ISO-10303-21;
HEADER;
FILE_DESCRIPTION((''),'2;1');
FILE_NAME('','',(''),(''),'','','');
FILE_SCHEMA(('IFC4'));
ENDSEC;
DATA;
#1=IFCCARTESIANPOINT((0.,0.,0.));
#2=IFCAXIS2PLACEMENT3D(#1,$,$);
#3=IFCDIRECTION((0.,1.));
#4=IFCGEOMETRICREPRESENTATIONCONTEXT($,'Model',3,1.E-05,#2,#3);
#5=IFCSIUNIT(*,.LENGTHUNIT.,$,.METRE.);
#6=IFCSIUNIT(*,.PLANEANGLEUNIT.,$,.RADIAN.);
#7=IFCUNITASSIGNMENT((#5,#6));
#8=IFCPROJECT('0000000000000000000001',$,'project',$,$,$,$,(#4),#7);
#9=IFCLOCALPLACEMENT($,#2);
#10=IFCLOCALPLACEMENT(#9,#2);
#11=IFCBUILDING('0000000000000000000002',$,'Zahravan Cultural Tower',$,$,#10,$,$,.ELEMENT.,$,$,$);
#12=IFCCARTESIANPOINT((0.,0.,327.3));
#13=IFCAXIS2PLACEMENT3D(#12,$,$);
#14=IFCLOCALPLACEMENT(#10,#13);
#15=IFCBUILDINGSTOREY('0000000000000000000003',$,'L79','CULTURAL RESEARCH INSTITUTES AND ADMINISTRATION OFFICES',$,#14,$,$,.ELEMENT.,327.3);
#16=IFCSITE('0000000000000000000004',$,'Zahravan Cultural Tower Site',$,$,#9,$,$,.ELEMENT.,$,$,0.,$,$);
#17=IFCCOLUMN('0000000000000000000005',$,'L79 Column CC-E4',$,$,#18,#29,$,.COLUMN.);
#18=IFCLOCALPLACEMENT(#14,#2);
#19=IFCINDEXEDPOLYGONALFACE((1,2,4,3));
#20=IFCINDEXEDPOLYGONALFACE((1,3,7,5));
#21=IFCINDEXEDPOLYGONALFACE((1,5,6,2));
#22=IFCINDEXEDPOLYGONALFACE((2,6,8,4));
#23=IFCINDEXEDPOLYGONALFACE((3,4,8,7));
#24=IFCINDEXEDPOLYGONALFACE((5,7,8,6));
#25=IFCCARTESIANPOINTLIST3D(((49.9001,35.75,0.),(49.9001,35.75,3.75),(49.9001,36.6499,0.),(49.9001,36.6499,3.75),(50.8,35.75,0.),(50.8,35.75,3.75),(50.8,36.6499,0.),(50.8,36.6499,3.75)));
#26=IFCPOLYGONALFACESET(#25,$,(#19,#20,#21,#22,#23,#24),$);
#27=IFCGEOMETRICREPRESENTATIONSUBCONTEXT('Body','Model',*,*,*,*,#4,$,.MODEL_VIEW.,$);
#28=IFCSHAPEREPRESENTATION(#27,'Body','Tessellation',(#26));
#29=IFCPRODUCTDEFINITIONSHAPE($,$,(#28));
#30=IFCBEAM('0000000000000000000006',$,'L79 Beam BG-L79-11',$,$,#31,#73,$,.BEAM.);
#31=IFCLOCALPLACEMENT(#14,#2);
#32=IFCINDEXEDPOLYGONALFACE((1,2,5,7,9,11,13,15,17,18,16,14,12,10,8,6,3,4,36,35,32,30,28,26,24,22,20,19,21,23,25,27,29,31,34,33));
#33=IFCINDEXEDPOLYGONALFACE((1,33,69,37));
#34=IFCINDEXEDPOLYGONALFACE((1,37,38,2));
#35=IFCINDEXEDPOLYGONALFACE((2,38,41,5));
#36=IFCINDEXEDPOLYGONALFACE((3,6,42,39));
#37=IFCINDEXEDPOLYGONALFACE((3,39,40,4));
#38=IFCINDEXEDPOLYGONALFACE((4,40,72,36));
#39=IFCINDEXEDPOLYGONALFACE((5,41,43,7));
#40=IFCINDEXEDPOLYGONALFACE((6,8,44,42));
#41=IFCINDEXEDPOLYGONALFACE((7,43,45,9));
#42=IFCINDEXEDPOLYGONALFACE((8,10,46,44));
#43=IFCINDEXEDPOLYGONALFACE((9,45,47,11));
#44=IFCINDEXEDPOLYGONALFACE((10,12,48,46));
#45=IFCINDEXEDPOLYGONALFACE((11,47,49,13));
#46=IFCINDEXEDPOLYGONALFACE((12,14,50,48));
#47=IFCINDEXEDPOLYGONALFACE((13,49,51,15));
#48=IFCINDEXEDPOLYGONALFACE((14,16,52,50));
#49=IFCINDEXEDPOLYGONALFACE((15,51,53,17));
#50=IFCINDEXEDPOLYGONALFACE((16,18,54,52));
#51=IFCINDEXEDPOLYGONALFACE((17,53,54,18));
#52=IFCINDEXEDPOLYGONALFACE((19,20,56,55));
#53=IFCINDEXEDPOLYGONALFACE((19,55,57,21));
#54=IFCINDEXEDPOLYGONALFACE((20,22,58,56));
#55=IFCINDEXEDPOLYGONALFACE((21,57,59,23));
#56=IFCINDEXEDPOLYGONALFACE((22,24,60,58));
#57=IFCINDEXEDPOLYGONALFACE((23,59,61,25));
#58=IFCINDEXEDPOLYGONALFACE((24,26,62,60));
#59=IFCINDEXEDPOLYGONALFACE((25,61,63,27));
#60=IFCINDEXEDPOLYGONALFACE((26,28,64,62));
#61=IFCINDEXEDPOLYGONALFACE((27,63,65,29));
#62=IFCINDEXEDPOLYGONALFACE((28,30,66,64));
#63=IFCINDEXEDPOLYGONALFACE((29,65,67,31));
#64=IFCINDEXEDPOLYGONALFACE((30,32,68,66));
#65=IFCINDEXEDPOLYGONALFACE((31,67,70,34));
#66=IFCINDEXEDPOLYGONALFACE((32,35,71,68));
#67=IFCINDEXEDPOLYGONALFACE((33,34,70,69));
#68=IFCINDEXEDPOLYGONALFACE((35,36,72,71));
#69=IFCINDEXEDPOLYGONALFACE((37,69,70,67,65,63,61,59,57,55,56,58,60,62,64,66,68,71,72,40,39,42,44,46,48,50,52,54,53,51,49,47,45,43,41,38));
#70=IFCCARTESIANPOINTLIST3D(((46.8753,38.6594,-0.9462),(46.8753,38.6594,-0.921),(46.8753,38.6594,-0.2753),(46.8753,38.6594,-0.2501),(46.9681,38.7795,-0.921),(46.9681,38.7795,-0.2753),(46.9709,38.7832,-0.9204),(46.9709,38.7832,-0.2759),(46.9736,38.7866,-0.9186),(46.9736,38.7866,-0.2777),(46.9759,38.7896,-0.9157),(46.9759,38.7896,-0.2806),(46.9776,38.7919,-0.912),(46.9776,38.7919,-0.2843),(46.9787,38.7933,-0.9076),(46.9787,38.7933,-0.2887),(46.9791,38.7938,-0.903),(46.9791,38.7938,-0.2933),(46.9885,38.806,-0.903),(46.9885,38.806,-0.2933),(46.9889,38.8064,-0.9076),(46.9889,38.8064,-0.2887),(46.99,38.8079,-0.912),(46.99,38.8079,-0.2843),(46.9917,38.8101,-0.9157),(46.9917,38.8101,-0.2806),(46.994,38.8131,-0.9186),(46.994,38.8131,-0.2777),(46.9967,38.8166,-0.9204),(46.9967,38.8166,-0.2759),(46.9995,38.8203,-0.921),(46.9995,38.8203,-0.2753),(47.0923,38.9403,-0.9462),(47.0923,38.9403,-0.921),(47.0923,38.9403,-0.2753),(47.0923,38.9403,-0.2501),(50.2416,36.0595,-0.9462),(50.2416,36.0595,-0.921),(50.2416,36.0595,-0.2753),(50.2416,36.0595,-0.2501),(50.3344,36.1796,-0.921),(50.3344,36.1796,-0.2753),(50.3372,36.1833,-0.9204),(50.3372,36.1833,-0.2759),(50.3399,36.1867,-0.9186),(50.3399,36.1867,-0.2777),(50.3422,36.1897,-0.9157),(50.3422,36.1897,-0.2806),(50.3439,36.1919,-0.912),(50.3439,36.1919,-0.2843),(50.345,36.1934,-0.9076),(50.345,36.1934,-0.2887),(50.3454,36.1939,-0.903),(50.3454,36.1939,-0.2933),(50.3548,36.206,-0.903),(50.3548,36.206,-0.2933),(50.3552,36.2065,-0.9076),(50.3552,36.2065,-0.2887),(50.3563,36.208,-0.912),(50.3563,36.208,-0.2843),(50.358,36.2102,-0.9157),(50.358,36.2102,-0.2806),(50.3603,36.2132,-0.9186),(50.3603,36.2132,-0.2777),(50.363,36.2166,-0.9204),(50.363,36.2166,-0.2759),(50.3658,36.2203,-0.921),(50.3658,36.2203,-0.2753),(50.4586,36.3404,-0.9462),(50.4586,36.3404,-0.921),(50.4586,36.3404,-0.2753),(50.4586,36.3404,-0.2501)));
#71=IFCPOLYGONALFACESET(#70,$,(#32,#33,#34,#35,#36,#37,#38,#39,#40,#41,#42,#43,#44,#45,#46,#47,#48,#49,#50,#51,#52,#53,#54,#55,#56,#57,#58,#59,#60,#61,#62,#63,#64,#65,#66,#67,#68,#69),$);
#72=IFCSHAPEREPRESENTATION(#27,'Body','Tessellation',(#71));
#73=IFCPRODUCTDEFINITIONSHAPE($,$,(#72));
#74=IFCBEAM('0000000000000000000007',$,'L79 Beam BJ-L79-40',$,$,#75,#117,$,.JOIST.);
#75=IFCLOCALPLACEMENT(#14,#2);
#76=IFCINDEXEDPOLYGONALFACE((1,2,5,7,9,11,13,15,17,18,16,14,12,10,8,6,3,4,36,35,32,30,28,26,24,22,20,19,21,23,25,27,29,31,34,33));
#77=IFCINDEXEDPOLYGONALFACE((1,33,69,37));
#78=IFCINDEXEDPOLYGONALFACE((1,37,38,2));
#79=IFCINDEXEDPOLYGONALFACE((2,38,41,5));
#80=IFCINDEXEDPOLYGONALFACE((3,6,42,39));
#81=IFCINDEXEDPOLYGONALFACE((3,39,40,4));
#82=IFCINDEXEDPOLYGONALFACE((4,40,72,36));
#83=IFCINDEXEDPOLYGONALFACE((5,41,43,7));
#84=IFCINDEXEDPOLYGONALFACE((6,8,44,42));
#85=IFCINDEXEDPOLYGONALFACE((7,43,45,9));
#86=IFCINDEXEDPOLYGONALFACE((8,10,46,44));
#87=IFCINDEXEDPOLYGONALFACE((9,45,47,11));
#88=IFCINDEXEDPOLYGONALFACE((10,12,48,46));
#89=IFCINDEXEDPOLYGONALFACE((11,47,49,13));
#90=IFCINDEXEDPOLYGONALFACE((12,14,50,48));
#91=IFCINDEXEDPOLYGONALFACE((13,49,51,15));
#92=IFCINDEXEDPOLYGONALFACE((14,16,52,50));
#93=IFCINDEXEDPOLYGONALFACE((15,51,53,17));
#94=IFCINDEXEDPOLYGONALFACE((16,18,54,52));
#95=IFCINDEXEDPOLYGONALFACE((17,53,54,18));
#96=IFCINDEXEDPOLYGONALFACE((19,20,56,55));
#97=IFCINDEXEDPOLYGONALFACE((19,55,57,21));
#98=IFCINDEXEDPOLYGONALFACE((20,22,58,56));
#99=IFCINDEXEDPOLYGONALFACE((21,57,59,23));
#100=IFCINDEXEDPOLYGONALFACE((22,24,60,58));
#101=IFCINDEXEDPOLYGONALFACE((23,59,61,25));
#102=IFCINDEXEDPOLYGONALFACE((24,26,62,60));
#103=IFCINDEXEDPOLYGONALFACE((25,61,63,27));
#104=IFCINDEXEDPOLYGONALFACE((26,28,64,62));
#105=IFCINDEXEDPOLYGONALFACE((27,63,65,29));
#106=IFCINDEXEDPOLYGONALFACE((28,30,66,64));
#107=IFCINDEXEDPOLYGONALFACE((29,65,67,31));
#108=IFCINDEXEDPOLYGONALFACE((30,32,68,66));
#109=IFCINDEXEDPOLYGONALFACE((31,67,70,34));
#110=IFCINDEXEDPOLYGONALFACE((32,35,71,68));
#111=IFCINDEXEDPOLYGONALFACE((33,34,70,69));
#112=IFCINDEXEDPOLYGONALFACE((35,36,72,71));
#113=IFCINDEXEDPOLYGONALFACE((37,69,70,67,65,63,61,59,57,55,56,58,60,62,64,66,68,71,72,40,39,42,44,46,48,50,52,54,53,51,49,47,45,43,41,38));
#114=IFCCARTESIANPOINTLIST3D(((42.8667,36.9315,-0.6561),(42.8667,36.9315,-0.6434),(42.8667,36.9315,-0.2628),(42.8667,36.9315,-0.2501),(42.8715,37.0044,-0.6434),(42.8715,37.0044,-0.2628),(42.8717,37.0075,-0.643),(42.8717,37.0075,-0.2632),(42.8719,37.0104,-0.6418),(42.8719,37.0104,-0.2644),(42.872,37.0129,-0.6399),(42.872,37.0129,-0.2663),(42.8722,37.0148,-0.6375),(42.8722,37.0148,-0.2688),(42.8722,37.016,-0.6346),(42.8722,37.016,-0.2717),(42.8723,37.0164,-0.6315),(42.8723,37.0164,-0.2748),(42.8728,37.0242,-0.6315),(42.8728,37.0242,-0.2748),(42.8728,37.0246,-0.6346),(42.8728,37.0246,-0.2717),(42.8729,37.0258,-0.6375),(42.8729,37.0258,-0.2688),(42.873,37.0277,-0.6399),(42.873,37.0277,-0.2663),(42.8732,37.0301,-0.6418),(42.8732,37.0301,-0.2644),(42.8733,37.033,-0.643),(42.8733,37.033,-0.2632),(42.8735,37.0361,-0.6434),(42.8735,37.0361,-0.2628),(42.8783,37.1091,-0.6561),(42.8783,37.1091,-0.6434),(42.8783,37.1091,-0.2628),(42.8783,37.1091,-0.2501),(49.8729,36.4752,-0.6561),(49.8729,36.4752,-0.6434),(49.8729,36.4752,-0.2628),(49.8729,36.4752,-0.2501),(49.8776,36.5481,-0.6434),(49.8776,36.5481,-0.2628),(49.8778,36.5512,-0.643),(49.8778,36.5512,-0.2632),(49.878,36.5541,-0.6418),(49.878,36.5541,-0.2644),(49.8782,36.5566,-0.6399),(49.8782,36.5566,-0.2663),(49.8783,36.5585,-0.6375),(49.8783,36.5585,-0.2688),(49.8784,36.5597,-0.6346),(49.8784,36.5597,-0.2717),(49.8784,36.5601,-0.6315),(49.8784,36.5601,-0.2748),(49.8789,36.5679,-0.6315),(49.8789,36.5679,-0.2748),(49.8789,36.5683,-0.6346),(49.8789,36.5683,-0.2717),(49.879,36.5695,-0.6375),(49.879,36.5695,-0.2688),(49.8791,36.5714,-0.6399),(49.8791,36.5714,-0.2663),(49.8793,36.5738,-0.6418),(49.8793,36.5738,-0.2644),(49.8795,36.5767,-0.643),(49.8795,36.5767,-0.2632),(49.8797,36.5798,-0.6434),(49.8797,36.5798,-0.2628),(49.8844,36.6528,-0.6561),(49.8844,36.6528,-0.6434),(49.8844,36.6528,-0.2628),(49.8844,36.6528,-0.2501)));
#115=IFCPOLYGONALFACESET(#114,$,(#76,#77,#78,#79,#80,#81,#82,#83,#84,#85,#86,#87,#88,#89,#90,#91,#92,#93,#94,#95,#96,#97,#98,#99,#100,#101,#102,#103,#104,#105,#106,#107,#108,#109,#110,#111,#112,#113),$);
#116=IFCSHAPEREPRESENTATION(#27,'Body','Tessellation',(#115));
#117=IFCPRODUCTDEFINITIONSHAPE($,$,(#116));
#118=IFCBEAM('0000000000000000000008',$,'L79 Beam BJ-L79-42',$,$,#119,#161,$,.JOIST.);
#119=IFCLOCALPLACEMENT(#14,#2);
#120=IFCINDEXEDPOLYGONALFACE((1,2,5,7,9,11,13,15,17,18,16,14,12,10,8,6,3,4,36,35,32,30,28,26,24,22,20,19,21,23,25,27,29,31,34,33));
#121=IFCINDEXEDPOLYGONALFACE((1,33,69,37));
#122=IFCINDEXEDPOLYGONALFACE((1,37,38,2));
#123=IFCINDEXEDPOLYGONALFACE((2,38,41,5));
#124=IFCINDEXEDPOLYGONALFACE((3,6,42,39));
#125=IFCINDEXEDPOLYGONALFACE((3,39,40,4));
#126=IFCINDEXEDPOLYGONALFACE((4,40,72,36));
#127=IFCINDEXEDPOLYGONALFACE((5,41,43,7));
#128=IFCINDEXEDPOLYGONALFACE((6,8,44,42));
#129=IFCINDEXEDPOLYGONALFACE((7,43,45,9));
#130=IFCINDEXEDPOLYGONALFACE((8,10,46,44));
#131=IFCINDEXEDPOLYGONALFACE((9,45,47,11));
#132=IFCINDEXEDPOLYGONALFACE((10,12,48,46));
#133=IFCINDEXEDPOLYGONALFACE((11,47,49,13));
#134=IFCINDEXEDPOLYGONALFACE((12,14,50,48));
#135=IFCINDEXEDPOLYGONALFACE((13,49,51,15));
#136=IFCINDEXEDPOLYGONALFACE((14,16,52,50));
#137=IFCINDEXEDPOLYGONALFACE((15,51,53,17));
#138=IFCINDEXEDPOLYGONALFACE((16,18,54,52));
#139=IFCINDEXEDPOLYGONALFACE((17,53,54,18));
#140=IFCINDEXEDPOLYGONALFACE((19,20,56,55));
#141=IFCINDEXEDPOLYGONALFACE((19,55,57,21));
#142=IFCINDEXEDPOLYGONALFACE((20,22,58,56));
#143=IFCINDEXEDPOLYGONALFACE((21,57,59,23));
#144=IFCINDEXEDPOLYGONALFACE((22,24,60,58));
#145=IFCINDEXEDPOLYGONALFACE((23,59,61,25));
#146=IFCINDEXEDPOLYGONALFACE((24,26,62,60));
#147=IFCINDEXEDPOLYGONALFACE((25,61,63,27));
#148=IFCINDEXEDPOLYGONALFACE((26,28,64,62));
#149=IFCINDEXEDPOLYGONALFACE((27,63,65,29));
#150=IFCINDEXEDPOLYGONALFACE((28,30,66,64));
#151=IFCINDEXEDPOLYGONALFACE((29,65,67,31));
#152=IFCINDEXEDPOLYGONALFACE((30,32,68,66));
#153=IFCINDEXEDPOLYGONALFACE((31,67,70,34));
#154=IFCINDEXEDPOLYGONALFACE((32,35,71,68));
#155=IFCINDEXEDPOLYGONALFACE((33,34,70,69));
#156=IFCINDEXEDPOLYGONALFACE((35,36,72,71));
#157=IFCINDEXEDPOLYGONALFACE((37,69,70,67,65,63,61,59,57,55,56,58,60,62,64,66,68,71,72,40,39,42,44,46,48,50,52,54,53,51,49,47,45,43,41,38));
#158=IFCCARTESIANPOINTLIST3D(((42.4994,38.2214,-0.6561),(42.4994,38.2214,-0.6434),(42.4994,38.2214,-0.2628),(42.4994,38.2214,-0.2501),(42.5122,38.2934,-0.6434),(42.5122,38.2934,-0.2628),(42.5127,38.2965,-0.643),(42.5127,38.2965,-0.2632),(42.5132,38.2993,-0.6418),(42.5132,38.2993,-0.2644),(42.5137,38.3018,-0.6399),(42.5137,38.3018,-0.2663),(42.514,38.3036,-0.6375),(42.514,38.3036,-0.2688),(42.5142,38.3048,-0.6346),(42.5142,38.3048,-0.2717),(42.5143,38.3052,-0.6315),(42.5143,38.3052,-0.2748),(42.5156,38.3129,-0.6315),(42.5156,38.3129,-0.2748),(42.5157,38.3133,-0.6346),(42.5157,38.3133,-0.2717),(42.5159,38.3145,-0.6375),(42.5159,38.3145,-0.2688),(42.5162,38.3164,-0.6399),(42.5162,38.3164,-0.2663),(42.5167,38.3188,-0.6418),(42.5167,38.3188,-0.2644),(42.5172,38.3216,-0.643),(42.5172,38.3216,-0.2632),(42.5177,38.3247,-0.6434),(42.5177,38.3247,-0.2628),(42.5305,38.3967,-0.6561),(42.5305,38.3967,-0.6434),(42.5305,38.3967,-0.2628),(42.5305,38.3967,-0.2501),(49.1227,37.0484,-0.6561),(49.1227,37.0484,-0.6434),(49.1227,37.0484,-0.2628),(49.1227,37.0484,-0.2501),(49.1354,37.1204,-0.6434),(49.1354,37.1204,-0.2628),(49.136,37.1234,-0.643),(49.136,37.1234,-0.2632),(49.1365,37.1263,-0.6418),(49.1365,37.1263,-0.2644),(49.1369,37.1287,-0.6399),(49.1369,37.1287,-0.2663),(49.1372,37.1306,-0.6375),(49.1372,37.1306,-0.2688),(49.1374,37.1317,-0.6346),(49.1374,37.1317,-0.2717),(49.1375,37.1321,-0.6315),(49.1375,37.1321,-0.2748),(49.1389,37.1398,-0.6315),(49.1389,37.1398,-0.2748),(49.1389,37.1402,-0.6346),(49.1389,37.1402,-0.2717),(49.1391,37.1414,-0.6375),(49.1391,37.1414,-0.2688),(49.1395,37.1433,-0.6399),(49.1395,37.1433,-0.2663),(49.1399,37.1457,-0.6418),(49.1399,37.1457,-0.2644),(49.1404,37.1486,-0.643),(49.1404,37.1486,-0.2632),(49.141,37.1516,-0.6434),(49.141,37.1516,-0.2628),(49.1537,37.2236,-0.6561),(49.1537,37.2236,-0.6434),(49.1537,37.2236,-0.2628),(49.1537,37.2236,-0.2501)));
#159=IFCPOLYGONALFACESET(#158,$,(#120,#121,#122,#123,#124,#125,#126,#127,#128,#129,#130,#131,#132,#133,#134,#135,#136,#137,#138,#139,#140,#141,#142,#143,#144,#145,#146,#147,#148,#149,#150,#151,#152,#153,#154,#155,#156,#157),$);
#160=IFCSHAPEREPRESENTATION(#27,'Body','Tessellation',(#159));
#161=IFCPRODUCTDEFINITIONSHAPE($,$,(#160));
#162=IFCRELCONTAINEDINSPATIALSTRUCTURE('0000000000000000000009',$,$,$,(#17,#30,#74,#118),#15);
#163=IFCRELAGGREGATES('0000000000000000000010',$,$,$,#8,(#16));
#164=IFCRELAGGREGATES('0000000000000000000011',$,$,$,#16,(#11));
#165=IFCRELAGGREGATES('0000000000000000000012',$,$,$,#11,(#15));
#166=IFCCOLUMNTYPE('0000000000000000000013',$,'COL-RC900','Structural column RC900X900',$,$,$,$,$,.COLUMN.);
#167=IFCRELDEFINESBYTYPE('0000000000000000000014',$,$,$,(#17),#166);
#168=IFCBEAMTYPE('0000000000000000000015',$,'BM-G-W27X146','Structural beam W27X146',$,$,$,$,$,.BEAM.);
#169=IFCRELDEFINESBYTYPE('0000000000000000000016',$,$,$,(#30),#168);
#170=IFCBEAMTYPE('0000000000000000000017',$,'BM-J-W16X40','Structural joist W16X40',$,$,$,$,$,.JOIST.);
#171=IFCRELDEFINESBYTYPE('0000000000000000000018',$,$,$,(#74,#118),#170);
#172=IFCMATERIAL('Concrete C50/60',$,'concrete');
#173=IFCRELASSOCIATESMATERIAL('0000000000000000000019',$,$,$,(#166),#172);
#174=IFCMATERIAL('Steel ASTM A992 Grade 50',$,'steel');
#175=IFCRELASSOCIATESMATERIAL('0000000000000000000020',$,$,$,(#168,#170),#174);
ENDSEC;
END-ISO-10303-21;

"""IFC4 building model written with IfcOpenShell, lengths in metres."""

from ifc_helpers import new_model, si_unit, direction, frame, origin, origin_2d, place, context, subcontext, project, spatial, rectangle, i_section, extrude, source, transform, mapped, material, material_profile, profile_set, type_object, element, save


model = new_model("IFC4")

# Units and contexts
model_context = context("Model", 3, precision=1e-05, world=origin(), true_north=direction((0.0, 1.0)))
body_context = subcontext(model_context, "Body", "Model", "MODEL_VIEW")
ifc_project = project(units=[si_unit("LENGTHUNIT", "METRE"), si_unit("PLANEANGLEUNIT", "RADIAN")], contexts=[model_context])

# Site, building, storey
site_placement = place(None, origin())
site = spatial("IfcSite", under=ifc_project, at=site_placement, Name="Zahravan Cultural Tower Site", CompositionType="ELEMENT", RefElevation=0.0)
building_placement = place(site_placement, origin())
building = spatial("IfcBuilding", under=site, at=building_placement, Name="Zahravan Cultural Tower", CompositionType="ELEMENT")
storey_placement = place(building_placement, frame((0.0, 0.0, 327.3)))
storey = spatial("IfcBuildingStorey", under=building, at=storey_placement, Name="L79", Description="CULTURAL RESEARCH INSTITUTES AND ADMINISTRATION OFFICES", CompositionType="ELEMENT", Elevation=327.3)

# Column
ifc_material_1 = material(Name="Concrete C50/60", Category="concrete")
ifc_material_profile_1 = material_profile(ifc_material_1, rectangle(XDim=0.8999, YDim=0.8999, at=origin_2d()), Name="RC900X900")
ifc_profile_set_1 = profile_set([ifc_material_profile_1], Name="Concrete C50/60")
column_type = type_object("IfcColumnType", Name="COL-RC900", Description="Structural column RC900X900", PredefinedType="COLUMN", material=ifc_profile_set_1)
shared_shape_1 = source(origin(), body_context, "Body", "SweptSolid", [
    extrude(rectangle(XDim=0.8999, YDim=0.8999, at=origin_2d()), origin(), (0.0, 0.0, 1.0), 3.75),
])
column_placement = place(storey_placement, frame((50.3501, 36.2, 0.0), z_axis=(0.0, 0.0, 1.0), x_axis=(1.0, 0.0, 0.0)))
element("IfcColumn", 1, at=column_placement, inside=storey, type_object=column_type, Name="L79 Column CC-E4", PredefinedType="COLUMN", context=body_context, shape_type="MappedRepresentation", body=[
    mapped(shared_shape_1, transform((0.0, 0.0, 0.0), x_axis=(1.0, 0.0, 0.0), y_axis=(0.0, 1.0, 0.0), z_axis=(0.0, 0.0, 1.0), scale=1.0)),
])

# Beams
ifc_material_2 = material(Name="Steel ASTM A992 Grade 50", Category="steel")
ifc_material_profile_2 = material_profile(ifc_material_2, i_section(OverallWidth=0.355, OverallDepth=0.696, WebThickness=0.0154, FlangeThickness=0.0251, FilletRadius=0.0181, at=origin_2d()), Name="W27X146")
ifc_profile_set_2 = profile_set([ifc_material_profile_2], Name="Steel ASTM A992 Grade 50")
beam_type_1 = type_object("IfcBeamType", Name="BM-G-W27X146", Description="Structural beam W27X146", PredefinedType="BEAM", material=ifc_profile_set_2)
shared_shape_2 = source(origin(), body_context, "Body", "SweptSolid", [
    extrude(i_section(OverallWidth=0.355, OverallDepth=0.696, WebThickness=0.0154, FlangeThickness=0.0251, FilletRadius=0.0181, at=origin_2d()), origin(), (0.0, 0.0, 1.0), 4.2534),
])
beam_1_placement = place(storey_placement, frame((50.3501, 36.2, -0.5981), z_axis=(-0.791434, 0.611255, 0.0), x_axis=(-0.611255, -0.791434, 0.0)))
element("IfcBeam", 2, at=beam_1_placement, inside=storey, type_object=beam_type_1, Name="L79 Beam BG-L79-11", PredefinedType="BEAM", context=body_context, shape_type="MappedRepresentation", body=[
    mapped(shared_shape_2, transform((0.0, 0.0, 0.0), x_axis=(1.0, 0.0, 0.0), y_axis=(0.0, 1.0, 0.0), z_axis=(0.0, 0.0, 1.0), scale=1.0)),
])
ifc_material_profile_3 = material_profile(ifc_material_2, i_section(OverallWidth=0.178, OverallDepth=0.406, WebThickness=0.0078, FlangeThickness=0.0127, FilletRadius=0.012, at=origin_2d()), Name="W16X40")
ifc_profile_set_3 = profile_set([ifc_material_profile_3], Name="Steel ASTM A992 Grade 50")
beam_type_2 = type_object("IfcBeamType", Name="BM-J-W16X40", Description="Structural joist W16X40", PredefinedType="JOIST", material=ifc_profile_set_3)
shared_shape_3 = source(origin(), body_context, "Body", "SweptSolid", [
    extrude(i_section(OverallWidth=0.178, OverallDepth=0.406, WebThickness=0.0078, FlangeThickness=0.0127, FilletRadius=0.012, at=origin_2d()), origin(), (0.0, 0.0, 1.0), 7.021),
])
beam_2_placement = place(storey_placement, frame((49.8787, 36.564, -0.4531), z_axis=(-0.997886, 0.064991, 0.0), x_axis=(-0.064991, -0.997886, 0.0)))
element("IfcBeam", 3, at=beam_2_placement, inside=storey, type_object=beam_type_2, Name="L79 Beam BJ-L79-40", PredefinedType="JOIST", context=body_context, shape_type="MappedRepresentation", body=[
    mapped(shared_shape_3, transform((0.0, 0.0, 0.0), x_axis=(1.0, 0.0, 0.0), y_axis=(0.0, 1.0, 0.0), z_axis=(0.0, 0.0, 1.0), scale=1.0)),
])
shared_shape_4 = source(origin(), body_context, "Body", "SweptSolid", [
    extrude(i_section(OverallWidth=0.178, OverallDepth=0.406, WebThickness=0.0078, FlangeThickness=0.0127, FilletRadius=0.012, at=origin_2d()), origin(), (0.0, 0.0, 1.0), 6.7263),
])
beam_3_placement = place(storey_placement, frame((49.1382, 37.136, -0.4531), z_axis=(-0.984674, 0.174402, 0.0), x_axis=(-0.174402, -0.984674, 0.0)))
element("IfcBeam", 4, at=beam_3_placement, inside=storey, type_object=beam_type_2, Name="L79 Beam BJ-L79-42", PredefinedType="JOIST", context=body_context, shape_type="MappedRepresentation", body=[
    mapped(shared_shape_4, transform((0.0, 0.0, 0.0), x_axis=(1.0, 0.0, 0.0), y_axis=(0.0, 1.0, 0.0), z_axis=(0.0, 0.0, 1.0), scale=1.0)),
])

save(model, "model.ifc")
